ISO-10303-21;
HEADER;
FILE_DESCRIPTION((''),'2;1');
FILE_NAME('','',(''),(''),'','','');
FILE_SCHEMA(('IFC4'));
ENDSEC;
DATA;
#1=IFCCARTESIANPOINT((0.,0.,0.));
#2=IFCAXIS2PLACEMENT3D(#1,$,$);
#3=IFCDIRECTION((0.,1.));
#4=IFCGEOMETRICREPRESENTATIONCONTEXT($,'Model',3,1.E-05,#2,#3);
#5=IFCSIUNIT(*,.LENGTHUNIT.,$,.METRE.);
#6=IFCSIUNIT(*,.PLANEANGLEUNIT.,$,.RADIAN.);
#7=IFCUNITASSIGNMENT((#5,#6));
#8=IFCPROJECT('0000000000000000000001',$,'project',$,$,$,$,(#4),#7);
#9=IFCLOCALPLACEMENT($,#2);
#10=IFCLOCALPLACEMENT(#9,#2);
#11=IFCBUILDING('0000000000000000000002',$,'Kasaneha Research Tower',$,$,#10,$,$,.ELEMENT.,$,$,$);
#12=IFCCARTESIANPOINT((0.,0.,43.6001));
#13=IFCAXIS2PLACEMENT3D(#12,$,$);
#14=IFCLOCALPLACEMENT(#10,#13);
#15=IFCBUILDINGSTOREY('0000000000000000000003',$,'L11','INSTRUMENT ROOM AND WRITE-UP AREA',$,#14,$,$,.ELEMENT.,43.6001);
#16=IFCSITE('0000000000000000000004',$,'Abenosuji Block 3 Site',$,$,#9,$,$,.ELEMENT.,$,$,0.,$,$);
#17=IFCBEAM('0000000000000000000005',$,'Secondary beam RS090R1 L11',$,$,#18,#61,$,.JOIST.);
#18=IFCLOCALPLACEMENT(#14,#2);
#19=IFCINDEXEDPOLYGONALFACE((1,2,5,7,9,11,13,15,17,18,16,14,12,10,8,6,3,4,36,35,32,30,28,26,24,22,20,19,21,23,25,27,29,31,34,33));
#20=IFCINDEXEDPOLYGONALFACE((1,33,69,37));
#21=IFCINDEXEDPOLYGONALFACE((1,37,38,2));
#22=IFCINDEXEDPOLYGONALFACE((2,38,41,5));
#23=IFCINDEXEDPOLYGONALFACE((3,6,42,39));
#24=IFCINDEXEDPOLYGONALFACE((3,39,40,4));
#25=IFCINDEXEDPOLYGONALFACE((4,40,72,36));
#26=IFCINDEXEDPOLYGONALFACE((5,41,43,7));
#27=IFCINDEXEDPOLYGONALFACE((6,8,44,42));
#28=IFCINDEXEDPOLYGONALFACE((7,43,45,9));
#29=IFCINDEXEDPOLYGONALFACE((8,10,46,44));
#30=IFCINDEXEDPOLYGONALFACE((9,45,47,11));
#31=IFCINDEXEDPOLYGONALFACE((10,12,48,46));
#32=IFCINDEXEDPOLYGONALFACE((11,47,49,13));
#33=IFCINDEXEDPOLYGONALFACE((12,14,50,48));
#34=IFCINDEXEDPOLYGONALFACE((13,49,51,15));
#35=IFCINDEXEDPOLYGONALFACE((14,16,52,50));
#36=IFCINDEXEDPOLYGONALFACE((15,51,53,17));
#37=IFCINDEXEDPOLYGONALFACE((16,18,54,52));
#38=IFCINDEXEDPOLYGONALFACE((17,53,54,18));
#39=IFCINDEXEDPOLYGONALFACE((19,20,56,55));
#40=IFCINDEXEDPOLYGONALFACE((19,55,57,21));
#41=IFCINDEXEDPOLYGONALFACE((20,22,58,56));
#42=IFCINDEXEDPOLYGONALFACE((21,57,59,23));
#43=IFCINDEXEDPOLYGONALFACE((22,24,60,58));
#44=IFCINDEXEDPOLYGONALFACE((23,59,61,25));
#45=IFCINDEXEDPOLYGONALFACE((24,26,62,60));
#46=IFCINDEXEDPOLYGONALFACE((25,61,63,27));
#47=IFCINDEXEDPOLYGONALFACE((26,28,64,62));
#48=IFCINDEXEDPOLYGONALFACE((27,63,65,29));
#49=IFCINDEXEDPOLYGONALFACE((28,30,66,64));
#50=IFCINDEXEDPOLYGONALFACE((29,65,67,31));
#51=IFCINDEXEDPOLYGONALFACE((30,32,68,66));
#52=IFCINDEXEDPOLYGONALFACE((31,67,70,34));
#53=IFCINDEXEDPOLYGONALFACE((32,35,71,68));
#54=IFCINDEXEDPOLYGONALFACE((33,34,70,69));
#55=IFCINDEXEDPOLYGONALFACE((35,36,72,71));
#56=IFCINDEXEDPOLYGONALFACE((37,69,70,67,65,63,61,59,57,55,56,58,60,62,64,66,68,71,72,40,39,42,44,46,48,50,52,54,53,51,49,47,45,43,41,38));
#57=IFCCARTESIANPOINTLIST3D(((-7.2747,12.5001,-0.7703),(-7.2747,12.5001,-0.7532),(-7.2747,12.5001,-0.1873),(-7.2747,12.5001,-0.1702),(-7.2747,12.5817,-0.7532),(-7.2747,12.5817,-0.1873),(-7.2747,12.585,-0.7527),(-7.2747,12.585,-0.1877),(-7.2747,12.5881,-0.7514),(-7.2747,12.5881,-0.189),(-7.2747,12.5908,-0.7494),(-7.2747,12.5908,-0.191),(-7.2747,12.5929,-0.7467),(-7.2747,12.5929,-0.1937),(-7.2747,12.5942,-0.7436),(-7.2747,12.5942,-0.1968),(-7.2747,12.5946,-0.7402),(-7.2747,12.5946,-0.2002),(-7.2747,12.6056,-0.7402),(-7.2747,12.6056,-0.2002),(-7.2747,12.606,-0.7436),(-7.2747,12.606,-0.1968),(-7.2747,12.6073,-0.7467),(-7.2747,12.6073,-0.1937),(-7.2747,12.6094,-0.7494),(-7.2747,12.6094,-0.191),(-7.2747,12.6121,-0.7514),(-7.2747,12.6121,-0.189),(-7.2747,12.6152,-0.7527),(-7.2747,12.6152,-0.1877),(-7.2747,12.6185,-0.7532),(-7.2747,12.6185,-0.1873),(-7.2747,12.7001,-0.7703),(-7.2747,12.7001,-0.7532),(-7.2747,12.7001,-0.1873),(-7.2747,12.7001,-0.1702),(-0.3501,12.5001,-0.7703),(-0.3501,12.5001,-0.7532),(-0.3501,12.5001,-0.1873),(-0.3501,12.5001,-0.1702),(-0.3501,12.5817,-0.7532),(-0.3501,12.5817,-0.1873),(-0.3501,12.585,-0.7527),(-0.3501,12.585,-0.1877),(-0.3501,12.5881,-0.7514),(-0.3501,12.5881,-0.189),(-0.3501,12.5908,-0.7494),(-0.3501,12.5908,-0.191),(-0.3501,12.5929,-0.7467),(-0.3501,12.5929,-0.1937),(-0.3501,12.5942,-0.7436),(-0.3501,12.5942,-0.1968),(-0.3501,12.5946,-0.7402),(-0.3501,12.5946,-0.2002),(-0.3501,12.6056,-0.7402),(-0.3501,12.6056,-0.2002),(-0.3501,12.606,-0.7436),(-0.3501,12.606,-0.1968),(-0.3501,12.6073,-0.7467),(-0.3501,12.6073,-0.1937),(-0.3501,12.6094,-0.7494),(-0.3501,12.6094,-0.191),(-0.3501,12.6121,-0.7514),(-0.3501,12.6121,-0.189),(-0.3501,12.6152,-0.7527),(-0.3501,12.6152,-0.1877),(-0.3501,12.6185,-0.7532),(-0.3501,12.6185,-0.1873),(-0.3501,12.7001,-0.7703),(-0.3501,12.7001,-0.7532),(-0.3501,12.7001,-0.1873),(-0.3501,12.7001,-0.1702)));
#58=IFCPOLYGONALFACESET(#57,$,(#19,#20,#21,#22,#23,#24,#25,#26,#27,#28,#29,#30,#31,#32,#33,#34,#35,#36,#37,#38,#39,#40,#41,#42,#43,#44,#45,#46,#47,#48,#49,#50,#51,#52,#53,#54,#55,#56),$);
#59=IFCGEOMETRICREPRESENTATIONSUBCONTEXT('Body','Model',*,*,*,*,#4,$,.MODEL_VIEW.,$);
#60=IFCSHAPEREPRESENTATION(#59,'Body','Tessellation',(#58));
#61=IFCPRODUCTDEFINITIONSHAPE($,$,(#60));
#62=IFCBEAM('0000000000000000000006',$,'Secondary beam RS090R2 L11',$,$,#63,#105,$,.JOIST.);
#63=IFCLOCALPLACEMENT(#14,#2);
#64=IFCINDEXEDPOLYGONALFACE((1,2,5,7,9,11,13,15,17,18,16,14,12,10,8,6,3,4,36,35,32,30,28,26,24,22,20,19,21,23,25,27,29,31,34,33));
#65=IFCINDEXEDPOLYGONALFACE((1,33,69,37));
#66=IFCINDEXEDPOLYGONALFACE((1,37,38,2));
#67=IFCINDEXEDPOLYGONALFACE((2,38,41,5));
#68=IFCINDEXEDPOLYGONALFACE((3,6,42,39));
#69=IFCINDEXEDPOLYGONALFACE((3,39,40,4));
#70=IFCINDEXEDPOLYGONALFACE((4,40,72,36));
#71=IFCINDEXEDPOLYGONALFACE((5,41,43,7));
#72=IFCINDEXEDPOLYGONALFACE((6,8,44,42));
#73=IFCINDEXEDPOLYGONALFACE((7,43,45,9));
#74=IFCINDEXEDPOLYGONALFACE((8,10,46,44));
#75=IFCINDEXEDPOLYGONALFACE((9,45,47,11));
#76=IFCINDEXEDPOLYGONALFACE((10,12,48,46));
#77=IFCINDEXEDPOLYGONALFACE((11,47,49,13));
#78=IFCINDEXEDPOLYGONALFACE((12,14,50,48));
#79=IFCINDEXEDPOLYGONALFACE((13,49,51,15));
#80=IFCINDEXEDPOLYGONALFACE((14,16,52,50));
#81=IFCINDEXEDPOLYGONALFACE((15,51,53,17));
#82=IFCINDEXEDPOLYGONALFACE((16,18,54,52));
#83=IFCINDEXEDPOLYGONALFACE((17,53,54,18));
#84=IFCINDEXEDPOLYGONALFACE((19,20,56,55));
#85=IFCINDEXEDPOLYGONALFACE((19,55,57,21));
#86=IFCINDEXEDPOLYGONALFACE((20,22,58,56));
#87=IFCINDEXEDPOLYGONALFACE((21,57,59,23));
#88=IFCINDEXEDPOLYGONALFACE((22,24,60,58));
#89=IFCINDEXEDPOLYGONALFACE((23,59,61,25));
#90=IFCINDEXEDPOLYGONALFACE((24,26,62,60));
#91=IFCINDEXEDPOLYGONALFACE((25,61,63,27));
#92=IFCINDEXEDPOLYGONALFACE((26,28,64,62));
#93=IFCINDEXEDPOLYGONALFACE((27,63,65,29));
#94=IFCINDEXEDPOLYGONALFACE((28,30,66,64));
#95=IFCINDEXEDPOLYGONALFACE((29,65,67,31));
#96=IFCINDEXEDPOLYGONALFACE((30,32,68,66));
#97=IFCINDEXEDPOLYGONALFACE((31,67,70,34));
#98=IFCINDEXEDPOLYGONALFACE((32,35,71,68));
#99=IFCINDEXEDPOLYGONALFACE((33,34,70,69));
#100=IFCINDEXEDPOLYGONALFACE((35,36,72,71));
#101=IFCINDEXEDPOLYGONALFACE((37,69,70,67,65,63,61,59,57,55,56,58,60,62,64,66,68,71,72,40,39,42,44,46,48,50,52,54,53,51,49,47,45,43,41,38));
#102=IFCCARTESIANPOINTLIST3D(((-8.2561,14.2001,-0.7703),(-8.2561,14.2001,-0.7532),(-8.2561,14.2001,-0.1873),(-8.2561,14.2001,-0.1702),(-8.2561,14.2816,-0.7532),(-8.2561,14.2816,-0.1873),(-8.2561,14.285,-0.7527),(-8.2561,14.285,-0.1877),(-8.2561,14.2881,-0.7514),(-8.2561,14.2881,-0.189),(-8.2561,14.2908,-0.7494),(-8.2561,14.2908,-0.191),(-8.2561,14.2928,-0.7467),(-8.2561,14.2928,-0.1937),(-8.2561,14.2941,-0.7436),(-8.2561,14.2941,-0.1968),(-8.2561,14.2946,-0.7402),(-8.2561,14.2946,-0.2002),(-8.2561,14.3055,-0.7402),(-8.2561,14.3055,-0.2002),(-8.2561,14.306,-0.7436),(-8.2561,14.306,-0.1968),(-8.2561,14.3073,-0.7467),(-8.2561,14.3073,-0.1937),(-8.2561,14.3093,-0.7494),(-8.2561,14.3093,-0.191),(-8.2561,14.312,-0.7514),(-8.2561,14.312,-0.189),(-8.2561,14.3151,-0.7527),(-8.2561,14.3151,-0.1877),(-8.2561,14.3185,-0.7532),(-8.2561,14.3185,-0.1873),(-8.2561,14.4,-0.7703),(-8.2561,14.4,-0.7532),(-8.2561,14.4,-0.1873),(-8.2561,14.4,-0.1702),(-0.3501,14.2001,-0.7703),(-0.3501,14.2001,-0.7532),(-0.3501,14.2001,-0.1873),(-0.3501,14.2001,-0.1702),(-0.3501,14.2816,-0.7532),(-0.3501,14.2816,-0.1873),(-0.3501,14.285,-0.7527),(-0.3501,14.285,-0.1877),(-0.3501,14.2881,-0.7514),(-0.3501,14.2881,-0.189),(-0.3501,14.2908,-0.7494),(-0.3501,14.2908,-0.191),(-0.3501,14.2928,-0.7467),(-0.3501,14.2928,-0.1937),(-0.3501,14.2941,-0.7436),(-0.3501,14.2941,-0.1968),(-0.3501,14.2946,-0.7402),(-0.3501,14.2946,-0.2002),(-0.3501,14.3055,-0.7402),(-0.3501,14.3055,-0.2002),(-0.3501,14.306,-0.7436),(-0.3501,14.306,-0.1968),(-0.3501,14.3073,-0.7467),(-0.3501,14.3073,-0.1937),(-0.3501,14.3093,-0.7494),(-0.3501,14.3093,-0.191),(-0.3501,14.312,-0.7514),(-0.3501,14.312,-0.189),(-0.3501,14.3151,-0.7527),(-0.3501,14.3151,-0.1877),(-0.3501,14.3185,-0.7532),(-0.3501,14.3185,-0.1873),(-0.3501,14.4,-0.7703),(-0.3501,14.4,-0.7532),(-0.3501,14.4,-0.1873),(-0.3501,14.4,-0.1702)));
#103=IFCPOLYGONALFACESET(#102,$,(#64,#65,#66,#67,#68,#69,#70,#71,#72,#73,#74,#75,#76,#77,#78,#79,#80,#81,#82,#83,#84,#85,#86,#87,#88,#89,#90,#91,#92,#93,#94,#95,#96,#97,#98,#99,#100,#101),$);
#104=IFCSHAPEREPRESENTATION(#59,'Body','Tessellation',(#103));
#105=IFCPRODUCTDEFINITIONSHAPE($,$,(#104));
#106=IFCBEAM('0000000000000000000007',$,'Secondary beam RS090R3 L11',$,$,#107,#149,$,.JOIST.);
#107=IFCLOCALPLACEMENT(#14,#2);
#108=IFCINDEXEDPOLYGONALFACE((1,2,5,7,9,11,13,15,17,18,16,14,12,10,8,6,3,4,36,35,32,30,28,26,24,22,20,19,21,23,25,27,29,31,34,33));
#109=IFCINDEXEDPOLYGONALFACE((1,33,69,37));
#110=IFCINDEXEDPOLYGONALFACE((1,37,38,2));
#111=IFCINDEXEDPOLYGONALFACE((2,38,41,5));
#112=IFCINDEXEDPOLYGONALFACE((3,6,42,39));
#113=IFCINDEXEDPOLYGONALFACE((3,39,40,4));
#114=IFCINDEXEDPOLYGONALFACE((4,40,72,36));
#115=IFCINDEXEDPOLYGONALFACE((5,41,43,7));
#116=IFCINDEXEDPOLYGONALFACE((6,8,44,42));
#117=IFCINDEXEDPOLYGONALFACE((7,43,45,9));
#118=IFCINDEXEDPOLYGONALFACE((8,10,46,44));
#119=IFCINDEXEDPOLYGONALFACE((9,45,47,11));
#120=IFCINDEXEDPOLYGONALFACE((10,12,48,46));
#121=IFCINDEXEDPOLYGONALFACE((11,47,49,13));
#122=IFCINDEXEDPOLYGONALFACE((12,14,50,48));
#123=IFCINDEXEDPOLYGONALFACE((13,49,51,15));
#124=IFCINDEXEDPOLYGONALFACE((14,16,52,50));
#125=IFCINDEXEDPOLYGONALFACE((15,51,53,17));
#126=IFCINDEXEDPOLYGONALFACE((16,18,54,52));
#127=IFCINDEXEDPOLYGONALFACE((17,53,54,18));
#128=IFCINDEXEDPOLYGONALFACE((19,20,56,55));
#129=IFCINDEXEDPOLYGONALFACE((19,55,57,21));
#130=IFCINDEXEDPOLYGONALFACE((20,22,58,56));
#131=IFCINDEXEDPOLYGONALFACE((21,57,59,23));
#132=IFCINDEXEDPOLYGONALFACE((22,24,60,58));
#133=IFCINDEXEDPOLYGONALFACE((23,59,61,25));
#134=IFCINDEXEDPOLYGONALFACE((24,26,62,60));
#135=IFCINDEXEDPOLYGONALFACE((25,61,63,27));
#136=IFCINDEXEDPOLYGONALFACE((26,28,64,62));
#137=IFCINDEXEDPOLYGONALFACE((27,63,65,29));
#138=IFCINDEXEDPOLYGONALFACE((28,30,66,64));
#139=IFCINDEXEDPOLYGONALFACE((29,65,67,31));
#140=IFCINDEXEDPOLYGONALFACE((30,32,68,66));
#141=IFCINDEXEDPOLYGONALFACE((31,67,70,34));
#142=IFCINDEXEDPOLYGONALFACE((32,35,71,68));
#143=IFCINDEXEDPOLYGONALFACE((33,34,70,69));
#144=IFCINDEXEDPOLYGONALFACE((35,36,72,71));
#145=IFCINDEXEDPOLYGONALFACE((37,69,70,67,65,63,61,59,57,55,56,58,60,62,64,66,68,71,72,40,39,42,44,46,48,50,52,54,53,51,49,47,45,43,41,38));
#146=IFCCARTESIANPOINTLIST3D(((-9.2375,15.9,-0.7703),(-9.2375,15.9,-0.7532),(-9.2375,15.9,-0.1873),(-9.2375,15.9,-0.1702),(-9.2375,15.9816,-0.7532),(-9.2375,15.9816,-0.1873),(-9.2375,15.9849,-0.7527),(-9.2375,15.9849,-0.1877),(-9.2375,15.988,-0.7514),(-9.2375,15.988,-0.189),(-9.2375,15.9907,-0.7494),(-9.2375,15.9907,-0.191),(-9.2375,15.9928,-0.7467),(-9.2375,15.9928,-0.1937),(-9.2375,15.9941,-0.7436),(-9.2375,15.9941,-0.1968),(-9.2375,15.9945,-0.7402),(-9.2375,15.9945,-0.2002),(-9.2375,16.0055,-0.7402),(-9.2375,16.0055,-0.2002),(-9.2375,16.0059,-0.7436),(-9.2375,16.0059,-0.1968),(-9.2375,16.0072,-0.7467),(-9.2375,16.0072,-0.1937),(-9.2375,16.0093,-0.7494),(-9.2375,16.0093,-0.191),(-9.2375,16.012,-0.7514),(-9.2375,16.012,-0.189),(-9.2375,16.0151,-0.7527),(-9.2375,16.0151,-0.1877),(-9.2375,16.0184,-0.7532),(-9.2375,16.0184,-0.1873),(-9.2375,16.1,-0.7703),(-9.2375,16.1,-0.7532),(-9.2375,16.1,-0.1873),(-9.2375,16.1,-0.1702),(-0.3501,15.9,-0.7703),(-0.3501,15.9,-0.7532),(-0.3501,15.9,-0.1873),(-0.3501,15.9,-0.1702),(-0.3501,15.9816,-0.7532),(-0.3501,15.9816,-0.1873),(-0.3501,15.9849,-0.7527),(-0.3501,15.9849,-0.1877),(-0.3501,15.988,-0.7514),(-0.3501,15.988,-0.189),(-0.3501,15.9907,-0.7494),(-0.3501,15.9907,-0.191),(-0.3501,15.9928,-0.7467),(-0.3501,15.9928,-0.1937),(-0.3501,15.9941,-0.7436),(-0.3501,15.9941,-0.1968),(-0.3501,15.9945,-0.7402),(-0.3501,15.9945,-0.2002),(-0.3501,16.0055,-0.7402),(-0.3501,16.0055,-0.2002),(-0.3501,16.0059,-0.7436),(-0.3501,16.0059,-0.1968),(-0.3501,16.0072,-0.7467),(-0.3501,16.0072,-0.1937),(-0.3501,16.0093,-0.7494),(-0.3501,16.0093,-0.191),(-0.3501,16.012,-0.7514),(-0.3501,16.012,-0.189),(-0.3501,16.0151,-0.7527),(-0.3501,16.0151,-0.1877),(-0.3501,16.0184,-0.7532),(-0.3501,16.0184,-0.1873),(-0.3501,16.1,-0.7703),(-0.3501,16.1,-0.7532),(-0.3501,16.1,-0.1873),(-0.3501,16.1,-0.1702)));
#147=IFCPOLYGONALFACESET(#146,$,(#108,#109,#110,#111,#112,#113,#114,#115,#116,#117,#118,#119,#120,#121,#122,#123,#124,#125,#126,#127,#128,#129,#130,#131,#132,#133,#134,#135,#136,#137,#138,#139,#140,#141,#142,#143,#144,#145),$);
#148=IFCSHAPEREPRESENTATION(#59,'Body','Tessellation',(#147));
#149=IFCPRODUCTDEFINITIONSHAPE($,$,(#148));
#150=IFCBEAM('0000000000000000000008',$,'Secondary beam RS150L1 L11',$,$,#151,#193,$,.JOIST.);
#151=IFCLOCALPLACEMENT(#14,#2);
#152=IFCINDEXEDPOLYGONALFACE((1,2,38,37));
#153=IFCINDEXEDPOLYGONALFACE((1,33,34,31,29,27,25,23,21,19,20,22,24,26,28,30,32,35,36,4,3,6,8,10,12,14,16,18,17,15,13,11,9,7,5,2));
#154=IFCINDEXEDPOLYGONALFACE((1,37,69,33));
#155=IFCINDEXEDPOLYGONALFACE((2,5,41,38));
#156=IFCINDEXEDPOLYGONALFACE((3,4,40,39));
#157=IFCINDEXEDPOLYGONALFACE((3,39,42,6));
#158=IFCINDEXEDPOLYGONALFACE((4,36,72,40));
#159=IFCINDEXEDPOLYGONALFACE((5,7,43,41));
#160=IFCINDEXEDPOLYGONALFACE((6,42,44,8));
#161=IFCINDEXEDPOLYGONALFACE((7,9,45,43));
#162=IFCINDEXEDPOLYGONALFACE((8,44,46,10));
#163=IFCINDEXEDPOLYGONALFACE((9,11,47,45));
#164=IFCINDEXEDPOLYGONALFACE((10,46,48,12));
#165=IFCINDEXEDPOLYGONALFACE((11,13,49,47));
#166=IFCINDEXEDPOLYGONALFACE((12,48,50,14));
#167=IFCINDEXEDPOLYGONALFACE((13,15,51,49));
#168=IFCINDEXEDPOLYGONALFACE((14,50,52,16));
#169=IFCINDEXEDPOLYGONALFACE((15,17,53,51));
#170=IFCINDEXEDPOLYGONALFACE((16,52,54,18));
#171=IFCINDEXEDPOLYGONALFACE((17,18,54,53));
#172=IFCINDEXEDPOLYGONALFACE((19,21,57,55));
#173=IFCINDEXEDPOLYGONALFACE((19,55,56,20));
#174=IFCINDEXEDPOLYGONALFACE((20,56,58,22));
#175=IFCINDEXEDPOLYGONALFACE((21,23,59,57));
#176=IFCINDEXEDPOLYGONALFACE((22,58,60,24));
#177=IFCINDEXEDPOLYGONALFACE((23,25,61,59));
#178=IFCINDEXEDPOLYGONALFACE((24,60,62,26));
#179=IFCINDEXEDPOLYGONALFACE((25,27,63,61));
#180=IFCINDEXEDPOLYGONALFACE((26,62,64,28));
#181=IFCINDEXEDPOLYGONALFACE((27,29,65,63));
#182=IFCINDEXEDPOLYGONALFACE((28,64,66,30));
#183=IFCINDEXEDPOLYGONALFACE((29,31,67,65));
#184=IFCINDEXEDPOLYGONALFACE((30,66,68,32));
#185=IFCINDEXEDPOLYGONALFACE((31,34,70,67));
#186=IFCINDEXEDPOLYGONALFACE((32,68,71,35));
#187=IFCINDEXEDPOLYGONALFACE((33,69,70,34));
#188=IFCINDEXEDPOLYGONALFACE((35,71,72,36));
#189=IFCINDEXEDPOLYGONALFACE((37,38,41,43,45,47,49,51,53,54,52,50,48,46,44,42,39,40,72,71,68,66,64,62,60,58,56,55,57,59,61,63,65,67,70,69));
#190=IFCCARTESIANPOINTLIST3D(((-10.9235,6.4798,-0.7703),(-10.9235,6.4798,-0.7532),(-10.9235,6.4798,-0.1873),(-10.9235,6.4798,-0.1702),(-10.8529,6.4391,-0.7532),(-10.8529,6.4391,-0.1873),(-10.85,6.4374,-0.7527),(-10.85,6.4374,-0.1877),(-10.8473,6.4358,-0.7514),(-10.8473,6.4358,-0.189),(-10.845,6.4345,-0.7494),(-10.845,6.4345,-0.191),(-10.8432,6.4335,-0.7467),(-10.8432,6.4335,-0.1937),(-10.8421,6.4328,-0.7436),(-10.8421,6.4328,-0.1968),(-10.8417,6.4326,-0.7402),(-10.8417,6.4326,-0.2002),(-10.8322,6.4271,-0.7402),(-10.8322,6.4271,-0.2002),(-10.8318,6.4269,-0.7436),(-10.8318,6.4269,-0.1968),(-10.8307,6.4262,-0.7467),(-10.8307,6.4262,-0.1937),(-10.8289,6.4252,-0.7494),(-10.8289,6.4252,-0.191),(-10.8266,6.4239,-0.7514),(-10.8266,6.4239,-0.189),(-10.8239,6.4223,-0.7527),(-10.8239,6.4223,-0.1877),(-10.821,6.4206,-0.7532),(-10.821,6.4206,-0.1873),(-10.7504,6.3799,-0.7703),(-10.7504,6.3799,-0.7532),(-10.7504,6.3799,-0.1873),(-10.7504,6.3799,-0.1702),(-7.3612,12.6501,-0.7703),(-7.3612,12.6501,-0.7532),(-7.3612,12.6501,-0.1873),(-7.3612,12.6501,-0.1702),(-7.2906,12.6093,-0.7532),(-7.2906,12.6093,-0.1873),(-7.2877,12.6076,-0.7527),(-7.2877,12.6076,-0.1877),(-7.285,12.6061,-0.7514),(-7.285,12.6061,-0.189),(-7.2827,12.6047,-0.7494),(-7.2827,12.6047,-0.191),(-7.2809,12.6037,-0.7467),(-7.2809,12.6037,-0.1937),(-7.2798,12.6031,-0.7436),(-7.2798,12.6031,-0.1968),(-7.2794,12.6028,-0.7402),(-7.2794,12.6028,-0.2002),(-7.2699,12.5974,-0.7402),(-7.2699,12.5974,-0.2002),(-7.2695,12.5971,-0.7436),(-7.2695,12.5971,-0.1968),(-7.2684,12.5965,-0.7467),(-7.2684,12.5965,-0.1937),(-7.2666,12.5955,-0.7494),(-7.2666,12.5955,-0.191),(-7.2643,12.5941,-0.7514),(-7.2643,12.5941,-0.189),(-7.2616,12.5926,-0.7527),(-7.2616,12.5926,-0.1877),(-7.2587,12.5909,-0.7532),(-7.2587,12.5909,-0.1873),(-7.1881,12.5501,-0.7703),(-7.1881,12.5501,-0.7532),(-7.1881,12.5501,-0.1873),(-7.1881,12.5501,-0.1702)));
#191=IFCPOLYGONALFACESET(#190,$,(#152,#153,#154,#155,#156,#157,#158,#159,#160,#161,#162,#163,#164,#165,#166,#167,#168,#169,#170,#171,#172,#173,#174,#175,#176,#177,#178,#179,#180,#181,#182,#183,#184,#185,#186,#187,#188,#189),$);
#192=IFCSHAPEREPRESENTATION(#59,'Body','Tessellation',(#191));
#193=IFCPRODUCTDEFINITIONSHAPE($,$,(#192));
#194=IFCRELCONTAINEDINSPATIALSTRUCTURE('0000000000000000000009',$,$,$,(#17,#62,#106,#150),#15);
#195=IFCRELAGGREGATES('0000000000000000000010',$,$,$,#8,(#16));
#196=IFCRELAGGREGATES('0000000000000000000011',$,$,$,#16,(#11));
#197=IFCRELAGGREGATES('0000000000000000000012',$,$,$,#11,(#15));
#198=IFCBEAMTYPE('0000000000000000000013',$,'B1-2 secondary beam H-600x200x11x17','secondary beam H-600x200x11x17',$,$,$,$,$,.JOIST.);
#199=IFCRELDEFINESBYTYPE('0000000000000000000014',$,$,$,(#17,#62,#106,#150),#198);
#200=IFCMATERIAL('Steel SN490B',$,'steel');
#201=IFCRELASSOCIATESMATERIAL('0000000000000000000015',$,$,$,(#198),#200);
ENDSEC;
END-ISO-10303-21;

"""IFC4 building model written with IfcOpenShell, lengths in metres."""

from ifc_helpers import new_model, si_unit, direction, frame, origin, origin_2d, place, context, subcontext, project, spatial, i_section, extrude, material, material_profile, profile_set, type_object, element, save


model = new_model("IFC4")

# Units and contexts
model_context = context("Model", 3, precision=1e-05, world=origin(), true_north=direction((0.0, 1.0)))
body_context = subcontext(model_context, "Body", "Model", "MODEL_VIEW")
ifc_project = project(units=[si_unit("LENGTHUNIT", "METRE"), si_unit("PLANEANGLEUNIT", "RADIAN")], contexts=[model_context])

# Site, building, storey
site_placement = place(None, origin())
site = spatial("IfcSite", under=ifc_project, at=site_placement, Name="Abenosuji Block 3 Site", CompositionType="ELEMENT", RefElevation=0.0)
building_placement = place(site_placement, origin())
building = spatial("IfcBuilding", under=site, at=building_placement, Name="Kasaneha Research Tower", CompositionType="ELEMENT")
storey_placement = place(building_placement, frame((0.0, 0.0, 43.6001)))
storey = spatial("IfcBuildingStorey", under=building, at=storey_placement, Name="L11", Description="INSTRUMENT ROOM AND WRITE-UP AREA", CompositionType="ELEMENT", Elevation=43.6001)

# Beams
ifc_material_1 = material(Name="Steel SN490B", Category="steel")
ifc_material_profile_1 = material_profile(ifc_material_1, i_section(OverallWidth=0.2, OverallDepth=0.6001, WebThickness=0.011, FlangeThickness=0.0171, FilletRadius=0.0129, at=origin_2d()), Name="H-600x200x11x17")
ifc_profile_set_1 = profile_set([ifc_material_profile_1], Name="Steel SN490B")
beam_type_1 = type_object("IfcBeamType", Name="B1-2 secondary beam H-600x200x11x17", Description="secondary beam H-600x200x11x17", PredefinedType="JOIST", material=ifc_profile_set_1)
beam_1_placement = place(storey_placement, frame((-7.2747, 12.6001, -0.4702), z_axis=(1.0, 0.0, 0.0), x_axis=(0.0, 1.0, 0.0)))
element("IfcBeam", 1, at=beam_1_placement, inside=storey, type_object=beam_type_1, Name="Secondary beam RS090R1 L11", PredefinedType="JOIST", context=body_context, shape_type="SweptSolid", body=[
    extrude(i_section(OverallWidth=0.2, OverallDepth=0.6001, WebThickness=0.011, FlangeThickness=0.0171, FilletRadius=0.0129, at=origin_2d()), origin(), (0.0, 0.0, 1.0), 6.9246),
])
beam_2_placement = place(storey_placement, frame((-8.2561, 14.3, -0.4702), z_axis=(1.0, 0.0, 0.0), x_axis=(0.0, 1.0, 0.0)))
element("IfcBeam", 2, at=beam_2_placement, inside=storey, type_object=beam_type_1, Name="Secondary beam RS090R2 L11", PredefinedType="JOIST", context=body_context, shape_type="SweptSolid", body=[
    extrude(i_section(OverallWidth=0.2, OverallDepth=0.6001, WebThickness=0.011, FlangeThickness=0.0171, FilletRadius=0.0129, at=origin_2d()), origin(), (0.0, 0.0, 1.0), 7.906),
])
beam_3_placement = place(storey_placement, frame((-9.2375, 16.0, -0.4702), z_axis=(1.0, 0.0, 0.0), x_axis=(0.0, 1.0, 0.0)))
element("IfcBeam", 3, at=beam_3_placement, inside=storey, type_object=beam_type_1, Name="Secondary beam RS090R3 L11", PredefinedType="JOIST", context=body_context, shape_type="SweptSolid", body=[
    extrude(i_section(OverallWidth=0.2, OverallDepth=0.6001, WebThickness=0.011, FlangeThickness=0.0171, FilletRadius=0.0129, at=origin_2d()), origin(), (0.0, 0.0, 1.0), 8.8875),
])
beam_4_placement = place(storey_placement, frame((-7.2747, 12.6001, -0.4702), z_axis=(-0.49999, -0.866031, 0.0), x_axis=(0.866031, -0.49999, 0.0)))
element("IfcBeam", 4, at=beam_4_placement, inside=storey, type_object=beam_type_1, Name="Secondary beam RS150L1 L11", PredefinedType="JOIST", context=body_context, shape_type="SweptSolid", body=[
    extrude(i_section(OverallWidth=0.2, OverallDepth=0.6001, WebThickness=0.011, FlangeThickness=0.0171, FilletRadius=0.0129, at=origin_2d()), origin(), (0.0, 0.0, 1.0), 7.1248),
])

save(model, "model.ifc")
